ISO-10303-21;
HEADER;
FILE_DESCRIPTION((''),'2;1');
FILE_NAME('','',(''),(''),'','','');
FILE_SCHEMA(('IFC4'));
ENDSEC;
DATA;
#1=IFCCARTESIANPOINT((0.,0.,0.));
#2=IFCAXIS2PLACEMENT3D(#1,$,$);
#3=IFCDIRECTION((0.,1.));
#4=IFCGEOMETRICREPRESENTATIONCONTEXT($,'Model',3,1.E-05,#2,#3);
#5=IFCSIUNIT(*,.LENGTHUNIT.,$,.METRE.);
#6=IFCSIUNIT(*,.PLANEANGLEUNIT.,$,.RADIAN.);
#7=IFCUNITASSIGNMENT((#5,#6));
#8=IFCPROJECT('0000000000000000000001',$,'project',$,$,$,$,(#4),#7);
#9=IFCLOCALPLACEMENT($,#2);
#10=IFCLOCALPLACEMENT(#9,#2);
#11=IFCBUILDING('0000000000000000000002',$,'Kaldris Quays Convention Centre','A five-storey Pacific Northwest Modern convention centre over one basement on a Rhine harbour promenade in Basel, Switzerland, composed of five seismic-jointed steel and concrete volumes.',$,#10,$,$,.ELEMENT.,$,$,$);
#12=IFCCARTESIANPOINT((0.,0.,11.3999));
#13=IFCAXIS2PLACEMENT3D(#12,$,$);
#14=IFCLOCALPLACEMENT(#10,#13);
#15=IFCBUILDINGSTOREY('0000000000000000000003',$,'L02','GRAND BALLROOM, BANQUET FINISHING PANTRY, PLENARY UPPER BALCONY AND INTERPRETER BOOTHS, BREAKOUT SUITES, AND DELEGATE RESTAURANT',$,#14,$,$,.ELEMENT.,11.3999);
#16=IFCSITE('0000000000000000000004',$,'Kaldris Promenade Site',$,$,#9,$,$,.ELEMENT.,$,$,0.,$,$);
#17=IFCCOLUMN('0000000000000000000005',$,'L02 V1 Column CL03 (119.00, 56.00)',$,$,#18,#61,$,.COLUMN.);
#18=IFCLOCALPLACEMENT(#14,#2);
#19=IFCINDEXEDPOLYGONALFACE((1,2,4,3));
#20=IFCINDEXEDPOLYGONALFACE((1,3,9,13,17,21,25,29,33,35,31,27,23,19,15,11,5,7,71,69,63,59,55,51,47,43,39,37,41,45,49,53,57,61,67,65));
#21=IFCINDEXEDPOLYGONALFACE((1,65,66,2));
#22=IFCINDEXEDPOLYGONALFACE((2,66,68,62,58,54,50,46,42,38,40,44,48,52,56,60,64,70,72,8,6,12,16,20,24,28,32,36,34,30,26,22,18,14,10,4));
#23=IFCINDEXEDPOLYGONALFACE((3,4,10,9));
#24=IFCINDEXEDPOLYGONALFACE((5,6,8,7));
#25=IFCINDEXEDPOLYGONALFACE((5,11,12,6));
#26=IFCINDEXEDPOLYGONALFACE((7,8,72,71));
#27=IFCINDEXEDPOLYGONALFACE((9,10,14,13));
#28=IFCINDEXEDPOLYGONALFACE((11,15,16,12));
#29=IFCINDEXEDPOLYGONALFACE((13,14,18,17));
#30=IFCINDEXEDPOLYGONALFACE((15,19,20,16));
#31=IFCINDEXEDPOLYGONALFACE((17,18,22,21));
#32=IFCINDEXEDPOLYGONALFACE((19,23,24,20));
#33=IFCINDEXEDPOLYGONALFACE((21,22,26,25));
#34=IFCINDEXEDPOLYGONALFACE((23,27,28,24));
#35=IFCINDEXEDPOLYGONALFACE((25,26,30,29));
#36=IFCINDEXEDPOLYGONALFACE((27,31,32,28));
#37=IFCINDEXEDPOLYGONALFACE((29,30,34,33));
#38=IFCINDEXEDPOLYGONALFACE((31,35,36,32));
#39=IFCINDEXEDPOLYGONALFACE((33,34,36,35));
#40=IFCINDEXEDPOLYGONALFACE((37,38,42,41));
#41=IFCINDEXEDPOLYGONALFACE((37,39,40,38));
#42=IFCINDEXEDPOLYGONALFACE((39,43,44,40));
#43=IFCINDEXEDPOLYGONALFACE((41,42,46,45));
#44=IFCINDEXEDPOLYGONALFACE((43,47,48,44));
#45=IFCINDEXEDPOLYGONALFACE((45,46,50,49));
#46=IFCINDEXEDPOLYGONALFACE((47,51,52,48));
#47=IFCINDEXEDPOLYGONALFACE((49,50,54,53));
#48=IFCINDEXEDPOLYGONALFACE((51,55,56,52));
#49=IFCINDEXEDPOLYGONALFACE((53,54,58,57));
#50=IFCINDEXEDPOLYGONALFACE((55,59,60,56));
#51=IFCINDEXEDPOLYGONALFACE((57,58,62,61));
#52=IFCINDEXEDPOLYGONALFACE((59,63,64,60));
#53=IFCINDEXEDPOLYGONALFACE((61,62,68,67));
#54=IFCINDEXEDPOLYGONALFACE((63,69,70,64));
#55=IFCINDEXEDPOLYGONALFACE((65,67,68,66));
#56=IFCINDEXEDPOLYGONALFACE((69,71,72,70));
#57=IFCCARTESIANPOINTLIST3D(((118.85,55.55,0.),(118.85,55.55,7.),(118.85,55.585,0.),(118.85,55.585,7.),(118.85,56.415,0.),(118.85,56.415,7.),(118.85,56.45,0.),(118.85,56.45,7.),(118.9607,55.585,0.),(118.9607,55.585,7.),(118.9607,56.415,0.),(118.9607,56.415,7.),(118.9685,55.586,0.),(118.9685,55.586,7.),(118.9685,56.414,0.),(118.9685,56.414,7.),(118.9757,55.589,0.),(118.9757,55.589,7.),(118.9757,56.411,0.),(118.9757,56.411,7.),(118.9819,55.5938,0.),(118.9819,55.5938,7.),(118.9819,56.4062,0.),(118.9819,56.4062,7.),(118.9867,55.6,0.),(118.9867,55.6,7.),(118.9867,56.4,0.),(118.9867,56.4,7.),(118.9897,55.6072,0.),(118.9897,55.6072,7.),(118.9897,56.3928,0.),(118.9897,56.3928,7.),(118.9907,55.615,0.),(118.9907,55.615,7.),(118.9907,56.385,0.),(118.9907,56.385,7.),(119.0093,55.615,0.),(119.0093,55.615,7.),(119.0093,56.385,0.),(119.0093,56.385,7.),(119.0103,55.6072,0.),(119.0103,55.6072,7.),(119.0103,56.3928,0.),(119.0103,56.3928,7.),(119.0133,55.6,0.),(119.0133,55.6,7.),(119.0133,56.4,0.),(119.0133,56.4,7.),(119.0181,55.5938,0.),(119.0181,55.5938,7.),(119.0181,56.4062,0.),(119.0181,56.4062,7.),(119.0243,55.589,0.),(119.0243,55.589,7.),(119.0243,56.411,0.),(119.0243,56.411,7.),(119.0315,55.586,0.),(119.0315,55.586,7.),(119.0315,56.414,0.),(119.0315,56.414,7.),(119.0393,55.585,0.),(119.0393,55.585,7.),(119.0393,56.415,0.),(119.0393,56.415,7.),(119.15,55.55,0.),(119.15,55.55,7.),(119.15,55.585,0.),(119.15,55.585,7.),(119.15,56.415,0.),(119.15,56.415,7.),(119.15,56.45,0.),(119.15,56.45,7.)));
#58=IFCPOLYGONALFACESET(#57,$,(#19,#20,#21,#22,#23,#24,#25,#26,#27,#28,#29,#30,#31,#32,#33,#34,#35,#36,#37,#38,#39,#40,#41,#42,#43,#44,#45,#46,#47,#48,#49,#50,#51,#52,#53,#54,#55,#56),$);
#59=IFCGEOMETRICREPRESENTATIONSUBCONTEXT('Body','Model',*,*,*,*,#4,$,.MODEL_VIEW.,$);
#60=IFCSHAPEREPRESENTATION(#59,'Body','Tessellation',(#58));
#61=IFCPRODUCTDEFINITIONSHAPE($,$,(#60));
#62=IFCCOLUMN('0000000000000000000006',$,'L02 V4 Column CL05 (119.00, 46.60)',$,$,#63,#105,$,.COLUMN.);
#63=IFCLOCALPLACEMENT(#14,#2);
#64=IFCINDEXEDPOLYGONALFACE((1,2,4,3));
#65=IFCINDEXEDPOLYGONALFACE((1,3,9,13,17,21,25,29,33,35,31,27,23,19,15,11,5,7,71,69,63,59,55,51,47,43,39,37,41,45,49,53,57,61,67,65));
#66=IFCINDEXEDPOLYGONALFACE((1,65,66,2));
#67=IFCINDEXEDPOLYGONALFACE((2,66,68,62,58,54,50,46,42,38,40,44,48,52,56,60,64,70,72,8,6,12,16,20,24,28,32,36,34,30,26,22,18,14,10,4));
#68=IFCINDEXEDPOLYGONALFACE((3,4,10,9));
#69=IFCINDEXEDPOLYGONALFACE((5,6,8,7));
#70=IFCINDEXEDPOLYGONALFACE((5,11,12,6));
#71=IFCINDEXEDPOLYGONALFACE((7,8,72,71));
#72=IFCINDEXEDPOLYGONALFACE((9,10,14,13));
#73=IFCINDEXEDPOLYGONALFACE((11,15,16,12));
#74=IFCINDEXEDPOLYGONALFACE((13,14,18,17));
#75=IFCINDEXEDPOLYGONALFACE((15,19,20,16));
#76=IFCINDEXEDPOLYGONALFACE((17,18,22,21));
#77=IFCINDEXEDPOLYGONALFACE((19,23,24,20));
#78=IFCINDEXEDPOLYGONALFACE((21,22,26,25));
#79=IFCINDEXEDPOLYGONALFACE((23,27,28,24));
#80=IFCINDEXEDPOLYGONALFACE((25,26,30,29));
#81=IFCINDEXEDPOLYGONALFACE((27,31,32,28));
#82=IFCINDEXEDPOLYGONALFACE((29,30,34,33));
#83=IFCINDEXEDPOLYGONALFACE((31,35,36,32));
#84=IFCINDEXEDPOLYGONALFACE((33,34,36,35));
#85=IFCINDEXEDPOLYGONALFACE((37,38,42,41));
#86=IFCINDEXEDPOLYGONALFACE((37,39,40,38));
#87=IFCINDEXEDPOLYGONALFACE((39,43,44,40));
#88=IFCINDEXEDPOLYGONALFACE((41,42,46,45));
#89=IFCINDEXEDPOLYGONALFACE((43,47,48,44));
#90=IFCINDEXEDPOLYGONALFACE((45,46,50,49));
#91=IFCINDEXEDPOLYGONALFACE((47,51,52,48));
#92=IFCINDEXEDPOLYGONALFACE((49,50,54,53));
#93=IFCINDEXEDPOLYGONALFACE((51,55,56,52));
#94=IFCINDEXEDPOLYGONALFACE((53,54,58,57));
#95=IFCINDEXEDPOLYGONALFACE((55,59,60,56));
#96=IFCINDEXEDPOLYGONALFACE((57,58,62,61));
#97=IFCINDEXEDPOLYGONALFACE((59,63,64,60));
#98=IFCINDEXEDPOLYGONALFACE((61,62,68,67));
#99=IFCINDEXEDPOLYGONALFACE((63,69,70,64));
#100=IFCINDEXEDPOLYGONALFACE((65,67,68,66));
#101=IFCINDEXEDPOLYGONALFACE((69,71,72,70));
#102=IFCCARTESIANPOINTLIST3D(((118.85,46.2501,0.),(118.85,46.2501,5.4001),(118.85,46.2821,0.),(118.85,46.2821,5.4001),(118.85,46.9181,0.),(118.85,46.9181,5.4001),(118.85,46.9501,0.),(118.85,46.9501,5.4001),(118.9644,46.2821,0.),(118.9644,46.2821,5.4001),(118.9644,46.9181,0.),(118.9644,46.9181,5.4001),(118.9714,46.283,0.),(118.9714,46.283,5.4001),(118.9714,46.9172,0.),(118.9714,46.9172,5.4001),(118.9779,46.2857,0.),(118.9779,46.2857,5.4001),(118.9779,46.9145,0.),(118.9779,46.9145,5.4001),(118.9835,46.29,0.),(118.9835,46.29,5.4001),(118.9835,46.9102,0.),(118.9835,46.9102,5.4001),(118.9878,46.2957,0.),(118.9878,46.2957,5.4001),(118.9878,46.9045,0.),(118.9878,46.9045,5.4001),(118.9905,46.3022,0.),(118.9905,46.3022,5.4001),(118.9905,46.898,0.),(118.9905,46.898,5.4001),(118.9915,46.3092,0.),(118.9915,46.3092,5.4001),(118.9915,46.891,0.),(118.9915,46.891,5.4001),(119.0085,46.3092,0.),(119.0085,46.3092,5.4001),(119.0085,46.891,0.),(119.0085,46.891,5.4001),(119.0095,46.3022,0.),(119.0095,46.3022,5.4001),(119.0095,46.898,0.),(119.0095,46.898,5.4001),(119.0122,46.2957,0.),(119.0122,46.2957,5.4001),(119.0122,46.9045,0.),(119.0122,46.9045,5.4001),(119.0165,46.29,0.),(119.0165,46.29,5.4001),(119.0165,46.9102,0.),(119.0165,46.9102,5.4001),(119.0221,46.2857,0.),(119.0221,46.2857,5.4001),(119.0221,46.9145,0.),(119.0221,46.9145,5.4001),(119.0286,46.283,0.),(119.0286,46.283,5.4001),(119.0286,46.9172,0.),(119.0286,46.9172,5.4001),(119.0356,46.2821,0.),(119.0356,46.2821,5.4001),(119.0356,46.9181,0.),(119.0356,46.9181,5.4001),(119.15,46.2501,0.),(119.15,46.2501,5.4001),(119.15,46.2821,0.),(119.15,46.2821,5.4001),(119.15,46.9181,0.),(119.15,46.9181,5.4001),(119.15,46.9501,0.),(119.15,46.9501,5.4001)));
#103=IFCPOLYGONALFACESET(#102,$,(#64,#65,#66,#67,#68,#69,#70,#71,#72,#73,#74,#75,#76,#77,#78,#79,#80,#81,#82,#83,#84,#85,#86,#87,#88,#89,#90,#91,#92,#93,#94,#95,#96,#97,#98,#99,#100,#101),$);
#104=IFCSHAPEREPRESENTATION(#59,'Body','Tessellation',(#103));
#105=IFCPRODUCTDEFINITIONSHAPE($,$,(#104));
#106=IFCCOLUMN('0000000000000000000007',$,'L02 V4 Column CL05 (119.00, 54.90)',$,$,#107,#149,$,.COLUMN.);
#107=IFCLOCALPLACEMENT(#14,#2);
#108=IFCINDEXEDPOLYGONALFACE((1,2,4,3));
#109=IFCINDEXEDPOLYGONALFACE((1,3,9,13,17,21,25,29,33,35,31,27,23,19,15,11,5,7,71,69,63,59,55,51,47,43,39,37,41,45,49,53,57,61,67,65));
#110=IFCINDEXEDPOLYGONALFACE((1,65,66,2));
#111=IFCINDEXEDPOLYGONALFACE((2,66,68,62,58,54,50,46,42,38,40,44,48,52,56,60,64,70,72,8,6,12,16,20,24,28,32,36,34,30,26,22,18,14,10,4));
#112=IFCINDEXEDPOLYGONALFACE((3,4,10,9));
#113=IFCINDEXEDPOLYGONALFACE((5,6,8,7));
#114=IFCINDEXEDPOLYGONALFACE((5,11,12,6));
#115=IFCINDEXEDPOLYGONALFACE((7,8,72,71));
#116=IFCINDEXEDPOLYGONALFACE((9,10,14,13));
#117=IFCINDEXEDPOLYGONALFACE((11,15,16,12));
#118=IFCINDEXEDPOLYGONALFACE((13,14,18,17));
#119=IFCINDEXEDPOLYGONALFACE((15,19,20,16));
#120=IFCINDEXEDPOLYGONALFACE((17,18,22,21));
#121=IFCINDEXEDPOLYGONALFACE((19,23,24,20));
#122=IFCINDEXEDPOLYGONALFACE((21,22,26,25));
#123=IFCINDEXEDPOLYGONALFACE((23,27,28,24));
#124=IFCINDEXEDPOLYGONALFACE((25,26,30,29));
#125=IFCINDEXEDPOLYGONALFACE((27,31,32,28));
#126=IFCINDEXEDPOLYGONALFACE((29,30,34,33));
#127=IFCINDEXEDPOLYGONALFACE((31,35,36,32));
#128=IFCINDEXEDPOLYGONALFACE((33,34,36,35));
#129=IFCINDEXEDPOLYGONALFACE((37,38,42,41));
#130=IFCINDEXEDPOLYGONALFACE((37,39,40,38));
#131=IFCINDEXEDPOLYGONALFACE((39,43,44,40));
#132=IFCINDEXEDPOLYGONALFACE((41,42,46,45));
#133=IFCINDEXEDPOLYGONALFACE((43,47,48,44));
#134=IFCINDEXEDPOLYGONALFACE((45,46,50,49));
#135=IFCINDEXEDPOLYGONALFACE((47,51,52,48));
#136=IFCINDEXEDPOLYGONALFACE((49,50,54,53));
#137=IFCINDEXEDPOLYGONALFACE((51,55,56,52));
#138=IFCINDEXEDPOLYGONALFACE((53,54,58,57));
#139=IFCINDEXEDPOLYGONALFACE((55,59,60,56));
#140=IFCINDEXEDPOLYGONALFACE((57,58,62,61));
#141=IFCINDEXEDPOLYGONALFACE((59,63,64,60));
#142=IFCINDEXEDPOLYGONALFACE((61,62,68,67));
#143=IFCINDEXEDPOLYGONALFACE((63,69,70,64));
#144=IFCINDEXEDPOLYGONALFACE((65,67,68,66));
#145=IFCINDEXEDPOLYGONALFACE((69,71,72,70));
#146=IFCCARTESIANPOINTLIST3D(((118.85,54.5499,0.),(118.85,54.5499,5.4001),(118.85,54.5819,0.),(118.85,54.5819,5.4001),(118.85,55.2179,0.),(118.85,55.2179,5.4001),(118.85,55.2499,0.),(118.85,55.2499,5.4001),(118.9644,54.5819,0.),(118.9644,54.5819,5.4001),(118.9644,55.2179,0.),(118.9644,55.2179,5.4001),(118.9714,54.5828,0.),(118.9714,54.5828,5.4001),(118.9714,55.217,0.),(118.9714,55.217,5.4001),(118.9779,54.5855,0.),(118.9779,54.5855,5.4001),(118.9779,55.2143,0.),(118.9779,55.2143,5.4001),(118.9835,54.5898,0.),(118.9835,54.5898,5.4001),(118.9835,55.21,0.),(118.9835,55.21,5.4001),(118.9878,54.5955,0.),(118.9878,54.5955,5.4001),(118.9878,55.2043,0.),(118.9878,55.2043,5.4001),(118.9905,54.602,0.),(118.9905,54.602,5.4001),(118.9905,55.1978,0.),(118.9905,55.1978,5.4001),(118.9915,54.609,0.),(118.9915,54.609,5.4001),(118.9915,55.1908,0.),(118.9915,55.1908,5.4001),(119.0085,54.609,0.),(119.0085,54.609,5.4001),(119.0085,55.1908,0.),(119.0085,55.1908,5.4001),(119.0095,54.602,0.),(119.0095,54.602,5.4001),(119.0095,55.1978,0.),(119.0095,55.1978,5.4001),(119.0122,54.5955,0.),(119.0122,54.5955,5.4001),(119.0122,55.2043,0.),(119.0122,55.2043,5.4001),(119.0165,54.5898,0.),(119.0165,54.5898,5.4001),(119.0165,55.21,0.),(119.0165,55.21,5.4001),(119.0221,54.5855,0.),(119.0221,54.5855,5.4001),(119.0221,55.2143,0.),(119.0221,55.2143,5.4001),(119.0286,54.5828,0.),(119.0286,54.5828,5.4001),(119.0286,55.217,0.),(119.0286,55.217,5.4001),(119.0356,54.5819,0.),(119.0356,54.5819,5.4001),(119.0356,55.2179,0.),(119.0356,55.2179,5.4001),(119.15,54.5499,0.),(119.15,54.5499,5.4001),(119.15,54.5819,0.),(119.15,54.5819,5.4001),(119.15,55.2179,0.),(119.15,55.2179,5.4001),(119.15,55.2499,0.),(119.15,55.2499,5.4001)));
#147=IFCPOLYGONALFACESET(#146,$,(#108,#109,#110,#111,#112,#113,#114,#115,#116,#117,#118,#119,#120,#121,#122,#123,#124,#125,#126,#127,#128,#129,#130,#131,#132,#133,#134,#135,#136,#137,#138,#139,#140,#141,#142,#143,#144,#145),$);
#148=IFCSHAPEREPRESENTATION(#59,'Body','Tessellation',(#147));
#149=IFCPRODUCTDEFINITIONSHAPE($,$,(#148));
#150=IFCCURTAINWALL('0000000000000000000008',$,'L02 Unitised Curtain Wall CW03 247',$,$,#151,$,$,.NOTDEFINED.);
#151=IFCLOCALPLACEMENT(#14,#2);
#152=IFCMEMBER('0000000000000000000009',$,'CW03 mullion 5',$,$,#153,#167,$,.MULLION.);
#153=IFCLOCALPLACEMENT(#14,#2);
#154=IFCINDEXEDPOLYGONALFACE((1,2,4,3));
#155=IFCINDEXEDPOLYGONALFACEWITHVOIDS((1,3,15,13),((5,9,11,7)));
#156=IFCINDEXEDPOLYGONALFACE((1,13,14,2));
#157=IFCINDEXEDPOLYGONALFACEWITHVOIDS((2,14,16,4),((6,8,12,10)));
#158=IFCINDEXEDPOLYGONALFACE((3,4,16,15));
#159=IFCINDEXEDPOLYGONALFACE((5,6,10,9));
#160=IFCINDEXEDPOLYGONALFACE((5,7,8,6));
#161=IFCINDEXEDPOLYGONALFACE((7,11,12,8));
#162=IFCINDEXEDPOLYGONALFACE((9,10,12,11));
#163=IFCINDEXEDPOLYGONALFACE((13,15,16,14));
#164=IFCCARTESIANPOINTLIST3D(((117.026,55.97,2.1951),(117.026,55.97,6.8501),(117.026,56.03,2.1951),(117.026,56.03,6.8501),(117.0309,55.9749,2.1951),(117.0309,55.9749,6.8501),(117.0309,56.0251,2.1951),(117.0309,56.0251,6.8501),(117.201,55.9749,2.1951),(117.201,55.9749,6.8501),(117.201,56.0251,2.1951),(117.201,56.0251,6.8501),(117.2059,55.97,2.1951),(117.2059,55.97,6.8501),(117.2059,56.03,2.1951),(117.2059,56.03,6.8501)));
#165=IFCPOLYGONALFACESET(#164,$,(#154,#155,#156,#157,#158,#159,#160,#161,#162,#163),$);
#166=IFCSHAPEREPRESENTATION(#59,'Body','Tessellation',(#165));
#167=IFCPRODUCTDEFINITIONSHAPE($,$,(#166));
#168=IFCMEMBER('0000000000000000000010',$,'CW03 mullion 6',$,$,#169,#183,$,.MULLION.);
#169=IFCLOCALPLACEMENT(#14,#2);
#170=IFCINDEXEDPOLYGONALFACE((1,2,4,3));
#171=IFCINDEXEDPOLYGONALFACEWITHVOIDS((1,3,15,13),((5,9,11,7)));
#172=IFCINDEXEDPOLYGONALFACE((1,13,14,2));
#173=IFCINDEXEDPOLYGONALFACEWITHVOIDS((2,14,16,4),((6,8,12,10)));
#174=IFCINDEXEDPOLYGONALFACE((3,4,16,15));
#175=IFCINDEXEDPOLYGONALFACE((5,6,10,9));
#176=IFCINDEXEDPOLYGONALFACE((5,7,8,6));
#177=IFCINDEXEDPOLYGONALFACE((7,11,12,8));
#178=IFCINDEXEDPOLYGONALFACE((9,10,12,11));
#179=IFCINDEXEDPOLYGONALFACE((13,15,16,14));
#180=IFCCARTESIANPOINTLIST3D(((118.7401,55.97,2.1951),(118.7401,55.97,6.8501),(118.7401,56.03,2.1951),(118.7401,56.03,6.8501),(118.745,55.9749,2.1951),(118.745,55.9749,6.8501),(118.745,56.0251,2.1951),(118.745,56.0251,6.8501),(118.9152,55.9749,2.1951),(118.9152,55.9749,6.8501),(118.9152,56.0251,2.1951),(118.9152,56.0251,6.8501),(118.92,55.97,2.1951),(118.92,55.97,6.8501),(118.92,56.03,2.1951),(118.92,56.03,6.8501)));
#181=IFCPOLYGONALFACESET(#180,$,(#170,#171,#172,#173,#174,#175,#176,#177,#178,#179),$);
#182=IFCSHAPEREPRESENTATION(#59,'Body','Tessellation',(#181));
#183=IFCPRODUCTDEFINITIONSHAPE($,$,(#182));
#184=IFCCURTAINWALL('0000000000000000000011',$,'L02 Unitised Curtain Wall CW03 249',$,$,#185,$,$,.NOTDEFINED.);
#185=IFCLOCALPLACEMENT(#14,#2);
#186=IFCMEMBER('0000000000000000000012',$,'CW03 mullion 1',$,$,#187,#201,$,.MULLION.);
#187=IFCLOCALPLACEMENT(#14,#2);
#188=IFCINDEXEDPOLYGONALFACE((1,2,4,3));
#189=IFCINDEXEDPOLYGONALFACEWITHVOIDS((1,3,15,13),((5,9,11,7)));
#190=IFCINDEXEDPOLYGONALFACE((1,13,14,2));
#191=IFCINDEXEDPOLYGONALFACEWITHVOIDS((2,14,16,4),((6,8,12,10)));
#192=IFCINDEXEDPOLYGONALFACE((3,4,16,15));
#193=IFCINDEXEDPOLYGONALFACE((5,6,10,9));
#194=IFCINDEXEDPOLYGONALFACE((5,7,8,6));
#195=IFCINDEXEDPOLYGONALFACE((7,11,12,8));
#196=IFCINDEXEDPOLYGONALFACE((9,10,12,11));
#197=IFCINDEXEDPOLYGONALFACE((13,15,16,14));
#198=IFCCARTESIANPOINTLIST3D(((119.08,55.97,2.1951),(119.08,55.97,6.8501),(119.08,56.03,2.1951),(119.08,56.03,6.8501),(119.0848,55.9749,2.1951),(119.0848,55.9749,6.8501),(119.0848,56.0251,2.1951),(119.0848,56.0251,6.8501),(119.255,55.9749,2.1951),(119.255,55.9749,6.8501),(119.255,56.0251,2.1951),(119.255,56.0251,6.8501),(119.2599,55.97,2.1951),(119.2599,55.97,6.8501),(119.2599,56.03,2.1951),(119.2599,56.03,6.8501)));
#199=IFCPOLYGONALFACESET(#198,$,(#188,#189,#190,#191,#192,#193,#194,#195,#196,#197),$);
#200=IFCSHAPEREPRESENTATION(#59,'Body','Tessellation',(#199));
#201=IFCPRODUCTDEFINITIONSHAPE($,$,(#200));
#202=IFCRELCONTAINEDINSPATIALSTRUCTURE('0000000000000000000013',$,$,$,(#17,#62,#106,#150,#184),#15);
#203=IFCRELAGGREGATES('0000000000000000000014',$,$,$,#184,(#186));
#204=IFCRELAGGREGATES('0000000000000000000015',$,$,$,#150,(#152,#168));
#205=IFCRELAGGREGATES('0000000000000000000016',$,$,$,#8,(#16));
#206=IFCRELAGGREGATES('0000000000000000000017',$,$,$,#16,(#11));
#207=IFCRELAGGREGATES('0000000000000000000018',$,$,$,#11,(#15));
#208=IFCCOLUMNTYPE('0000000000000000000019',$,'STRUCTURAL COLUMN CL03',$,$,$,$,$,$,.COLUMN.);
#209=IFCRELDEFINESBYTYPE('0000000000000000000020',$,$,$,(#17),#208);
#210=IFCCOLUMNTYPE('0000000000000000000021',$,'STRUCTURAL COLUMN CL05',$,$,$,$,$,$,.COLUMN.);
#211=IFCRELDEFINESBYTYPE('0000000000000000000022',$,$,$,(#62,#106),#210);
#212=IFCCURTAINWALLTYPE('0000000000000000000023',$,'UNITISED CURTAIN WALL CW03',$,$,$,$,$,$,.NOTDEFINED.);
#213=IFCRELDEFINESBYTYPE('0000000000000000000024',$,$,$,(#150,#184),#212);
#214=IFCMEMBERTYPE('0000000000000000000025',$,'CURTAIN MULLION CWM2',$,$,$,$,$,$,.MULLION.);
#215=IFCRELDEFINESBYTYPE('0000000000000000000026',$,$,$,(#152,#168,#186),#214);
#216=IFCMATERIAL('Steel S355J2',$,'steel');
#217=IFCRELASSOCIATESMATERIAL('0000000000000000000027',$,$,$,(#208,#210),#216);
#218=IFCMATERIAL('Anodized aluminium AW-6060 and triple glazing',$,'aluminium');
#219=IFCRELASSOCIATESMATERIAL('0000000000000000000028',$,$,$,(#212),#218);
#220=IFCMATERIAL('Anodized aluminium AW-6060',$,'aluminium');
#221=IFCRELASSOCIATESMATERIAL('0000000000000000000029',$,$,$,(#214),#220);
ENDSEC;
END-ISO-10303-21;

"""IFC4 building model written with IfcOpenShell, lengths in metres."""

from ifc_helpers import new_model, si_unit, direction, frame, origin, origin_2d, place, context, subcontext, project, spatial, hollow_rectangle, i_section, extrude, material, material_profile, profile_set, type_object, element, aggregate, save


model = new_model("IFC4")

# Units and contexts
model_context = context("Model", 3, precision=1e-05, world=origin(), true_north=direction((0.0, 1.0)))
body_context = subcontext(model_context, "Body", "Model", "MODEL_VIEW")
ifc_project = project(units=[si_unit("LENGTHUNIT", "METRE"), si_unit("PLANEANGLEUNIT", "RADIAN")], contexts=[model_context])

# Site, building, storey
site_placement = place(None, origin())
site = spatial("IfcSite", under=ifc_project, at=site_placement, Name="Kaldris Promenade Site", CompositionType="ELEMENT", RefElevation=0.0)
building_placement = place(site_placement, origin())
building = spatial("IfcBuilding", under=site, at=building_placement, Name="Kaldris Quays Convention Centre", Description="A five-storey Pacific Northwest Modern convention centre over one basement on a Rhine harbour promenade in Basel, Switzerland, composed of five seismic-jointed steel and concrete volumes.", CompositionType="ELEMENT")
storey_placement = place(building_placement, frame((0.0, 0.0, 11.3999)))
storey = spatial("IfcBuildingStorey", under=building, at=storey_placement, Name="L02", Description="GRAND BALLROOM, BANQUET FINISHING PANTRY, PLENARY UPPER BALCONY AND INTERPRETER BOOTHS, BREAKOUT SUITES, AND DELEGATE RESTAURANT", CompositionType="ELEMENT", Elevation=11.3999)

# Columns
ifc_material_1 = material(Name="Steel S355J2", Category="steel")
ifc_material_profile_1 = material_profile(ifc_material_1, i_section(OverallWidth=0.3, OverallDepth=0.8999, WebThickness=0.0186, FlangeThickness=0.0349, FilletRadius=0.03, at=origin_2d()), Name="HEB 900")
ifc_profile_set_1 = profile_set([ifc_material_profile_1], Name="Steel S355J2")
column_type_1 = type_object("IfcColumnType", Name="STRUCTURAL COLUMN CL03", PredefinedType="COLUMN", material=ifc_profile_set_1)
column_placement = place(storey_placement, frame((119.0, 56.0, 0.0), z_axis=(0.0, 0.0, 1.0), x_axis=(1.0, 0.0, 0.0)))
element("IfcColumn", 1, at=column_placement, inside=storey, type_object=column_type_1, Name="L02 V1 Column CL03 (119.00, 56.00)", PredefinedType="COLUMN", context=body_context, shape_type="SweptSolid", body=[
    extrude(i_section(OverallWidth=0.3, OverallDepth=0.8999, WebThickness=0.0186, FlangeThickness=0.0349, FilletRadius=0.03, at=origin_2d()), origin(), (0.0, 0.0, 1.0), 7.0),
])
ifc_material_profile_2 = material_profile(ifc_material_1, i_section(OverallWidth=0.3, OverallDepth=0.7, WebThickness=0.0171, FlangeThickness=0.032, FilletRadius=0.0271, at=origin_2d()), Name="HEB 700")
ifc_profile_set_2 = profile_set([ifc_material_profile_2], Name="Steel S355J2")
column_type_2 = type_object("IfcColumnType", Name="STRUCTURAL COLUMN CL05", PredefinedType="COLUMN", material=ifc_profile_set_2)
for number, where, z_axis, x_axis, name in (
    (2, (119.0, 46.6001, 0.0), (0.0, 0.0, 1.0), (1.0, 0.0, 0.0), "L02 V4 Column CL05 (119.00, 46.60)"),
    (3, (119.0, 54.8999, 0.0), (0.0, 0.0, 1.0), (1.0, 0.0, 0.0), "L02 V4 Column CL05 (119.00, 54.90)"),
):
    element("IfcColumn", number, at=place(storey_placement, frame(where, z_axis=z_axis, x_axis=x_axis)), inside=storey, type_object=column_type_2, Name=name, PredefinedType="COLUMN", context=body_context, shape_type="SweptSolid", body=[
        extrude(i_section(OverallWidth=0.3, OverallDepth=0.7, WebThickness=0.0171, FlangeThickness=0.032, FilletRadius=0.0271, at=origin_2d()), origin(), (0.0, 0.0, 1.0), 5.4001),
    ])

# Curtain wall, members
ifc_material_2 = material(Name="Anodized aluminium AW-6060 and triple glazing", Category="aluminium")
curtain_wall_type = type_object("IfcCurtainWallType", Name="UNITISED CURTAIN WALL CW03", PredefinedType="NOTDEFINED", material=ifc_material_2)
curtain_wall_1_placement = place(storey_placement, origin())
curtain_wall_1 = element("IfcCurtainWall", 4, at=curtain_wall_1_placement, inside=storey, type_object=curtain_wall_type, Name="L02 Unitised Curtain Wall CW03 247", PredefinedType="NOTDEFINED")
ifc_material_3 = material(Name="Anodized aluminium AW-6060", Category="aluminium")
ifc_material_profile_3 = material_profile(ifc_material_3, hollow_rectangle(XDim=0.0601, YDim=0.1799, WallThickness=0.0049, at=origin_2d()), Name="RHS 180x60x5")
ifc_profile_set_3 = profile_set([ifc_material_profile_3], Name="Anodized aluminium AW-6060")
member_type_1 = type_object("IfcMemberType", Name="CURTAIN MULLION CWM2", PredefinedType="MULLION", material=ifc_profile_set_3)
member_1_placement = place(storey_placement, frame((117.116, 56.0, 2.1951), z_axis=(0.0, 0.0, 1.0), x_axis=(0.0, 1.0, 0.0)))
member_1 = element("IfcMember", 5, at=member_1_placement, type_object=member_type_1, Name="CW03 mullion 5", PredefinedType="MULLION", context=body_context, shape_type="SweptSolid", body=[
    extrude(hollow_rectangle(XDim=0.0601, YDim=0.1799, WallThickness=0.0049, at=origin_2d()), origin(), (0.0, 0.0, 1.0), 4.655),
])
member_2_placement = place(storey_placement, frame((118.8301, 56.0, 2.1951), z_axis=(0.0, 0.0, 1.0), x_axis=(0.0, 1.0, 0.0)))
member_2 = element("IfcMember", 6, at=member_2_placement, type_object=member_type_1, Name="CW03 mullion 6", PredefinedType="MULLION", context=body_context, shape_type="SweptSolid", body=[
    extrude(hollow_rectangle(XDim=0.0601, YDim=0.1799, WallThickness=0.0049, at=origin_2d()), origin(), (0.0, 0.0, 1.0), 4.655),
])

# Curtain wall, member
curtain_wall_2_placement = place(storey_placement, origin())
curtain_wall_2 = element("IfcCurtainWall", 7, at=curtain_wall_2_placement, inside=storey, type_object=curtain_wall_type, Name="L02 Unitised Curtain Wall CW03 249", PredefinedType="NOTDEFINED")
member_3_placement = place(storey_placement, frame((119.1699, 56.0, 2.1951), z_axis=(0.0, 0.0, 1.0), x_axis=(0.0, 1.0, 0.0)))
member_3 = element("IfcMember", 8, at=member_3_placement, type_object=member_type_1, Name="CW03 mullion 1", PredefinedType="MULLION", context=body_context, shape_type="SweptSolid", body=[
    extrude(hollow_rectangle(XDim=0.0601, YDim=0.1799, WallThickness=0.0049, at=origin_2d()), origin(), (0.0, 0.0, 1.0), 4.655),
])

aggregate(curtain_wall_2, [member_3])

aggregate(curtain_wall_1, [member_1, member_2])

save(model, "model.ifc")
